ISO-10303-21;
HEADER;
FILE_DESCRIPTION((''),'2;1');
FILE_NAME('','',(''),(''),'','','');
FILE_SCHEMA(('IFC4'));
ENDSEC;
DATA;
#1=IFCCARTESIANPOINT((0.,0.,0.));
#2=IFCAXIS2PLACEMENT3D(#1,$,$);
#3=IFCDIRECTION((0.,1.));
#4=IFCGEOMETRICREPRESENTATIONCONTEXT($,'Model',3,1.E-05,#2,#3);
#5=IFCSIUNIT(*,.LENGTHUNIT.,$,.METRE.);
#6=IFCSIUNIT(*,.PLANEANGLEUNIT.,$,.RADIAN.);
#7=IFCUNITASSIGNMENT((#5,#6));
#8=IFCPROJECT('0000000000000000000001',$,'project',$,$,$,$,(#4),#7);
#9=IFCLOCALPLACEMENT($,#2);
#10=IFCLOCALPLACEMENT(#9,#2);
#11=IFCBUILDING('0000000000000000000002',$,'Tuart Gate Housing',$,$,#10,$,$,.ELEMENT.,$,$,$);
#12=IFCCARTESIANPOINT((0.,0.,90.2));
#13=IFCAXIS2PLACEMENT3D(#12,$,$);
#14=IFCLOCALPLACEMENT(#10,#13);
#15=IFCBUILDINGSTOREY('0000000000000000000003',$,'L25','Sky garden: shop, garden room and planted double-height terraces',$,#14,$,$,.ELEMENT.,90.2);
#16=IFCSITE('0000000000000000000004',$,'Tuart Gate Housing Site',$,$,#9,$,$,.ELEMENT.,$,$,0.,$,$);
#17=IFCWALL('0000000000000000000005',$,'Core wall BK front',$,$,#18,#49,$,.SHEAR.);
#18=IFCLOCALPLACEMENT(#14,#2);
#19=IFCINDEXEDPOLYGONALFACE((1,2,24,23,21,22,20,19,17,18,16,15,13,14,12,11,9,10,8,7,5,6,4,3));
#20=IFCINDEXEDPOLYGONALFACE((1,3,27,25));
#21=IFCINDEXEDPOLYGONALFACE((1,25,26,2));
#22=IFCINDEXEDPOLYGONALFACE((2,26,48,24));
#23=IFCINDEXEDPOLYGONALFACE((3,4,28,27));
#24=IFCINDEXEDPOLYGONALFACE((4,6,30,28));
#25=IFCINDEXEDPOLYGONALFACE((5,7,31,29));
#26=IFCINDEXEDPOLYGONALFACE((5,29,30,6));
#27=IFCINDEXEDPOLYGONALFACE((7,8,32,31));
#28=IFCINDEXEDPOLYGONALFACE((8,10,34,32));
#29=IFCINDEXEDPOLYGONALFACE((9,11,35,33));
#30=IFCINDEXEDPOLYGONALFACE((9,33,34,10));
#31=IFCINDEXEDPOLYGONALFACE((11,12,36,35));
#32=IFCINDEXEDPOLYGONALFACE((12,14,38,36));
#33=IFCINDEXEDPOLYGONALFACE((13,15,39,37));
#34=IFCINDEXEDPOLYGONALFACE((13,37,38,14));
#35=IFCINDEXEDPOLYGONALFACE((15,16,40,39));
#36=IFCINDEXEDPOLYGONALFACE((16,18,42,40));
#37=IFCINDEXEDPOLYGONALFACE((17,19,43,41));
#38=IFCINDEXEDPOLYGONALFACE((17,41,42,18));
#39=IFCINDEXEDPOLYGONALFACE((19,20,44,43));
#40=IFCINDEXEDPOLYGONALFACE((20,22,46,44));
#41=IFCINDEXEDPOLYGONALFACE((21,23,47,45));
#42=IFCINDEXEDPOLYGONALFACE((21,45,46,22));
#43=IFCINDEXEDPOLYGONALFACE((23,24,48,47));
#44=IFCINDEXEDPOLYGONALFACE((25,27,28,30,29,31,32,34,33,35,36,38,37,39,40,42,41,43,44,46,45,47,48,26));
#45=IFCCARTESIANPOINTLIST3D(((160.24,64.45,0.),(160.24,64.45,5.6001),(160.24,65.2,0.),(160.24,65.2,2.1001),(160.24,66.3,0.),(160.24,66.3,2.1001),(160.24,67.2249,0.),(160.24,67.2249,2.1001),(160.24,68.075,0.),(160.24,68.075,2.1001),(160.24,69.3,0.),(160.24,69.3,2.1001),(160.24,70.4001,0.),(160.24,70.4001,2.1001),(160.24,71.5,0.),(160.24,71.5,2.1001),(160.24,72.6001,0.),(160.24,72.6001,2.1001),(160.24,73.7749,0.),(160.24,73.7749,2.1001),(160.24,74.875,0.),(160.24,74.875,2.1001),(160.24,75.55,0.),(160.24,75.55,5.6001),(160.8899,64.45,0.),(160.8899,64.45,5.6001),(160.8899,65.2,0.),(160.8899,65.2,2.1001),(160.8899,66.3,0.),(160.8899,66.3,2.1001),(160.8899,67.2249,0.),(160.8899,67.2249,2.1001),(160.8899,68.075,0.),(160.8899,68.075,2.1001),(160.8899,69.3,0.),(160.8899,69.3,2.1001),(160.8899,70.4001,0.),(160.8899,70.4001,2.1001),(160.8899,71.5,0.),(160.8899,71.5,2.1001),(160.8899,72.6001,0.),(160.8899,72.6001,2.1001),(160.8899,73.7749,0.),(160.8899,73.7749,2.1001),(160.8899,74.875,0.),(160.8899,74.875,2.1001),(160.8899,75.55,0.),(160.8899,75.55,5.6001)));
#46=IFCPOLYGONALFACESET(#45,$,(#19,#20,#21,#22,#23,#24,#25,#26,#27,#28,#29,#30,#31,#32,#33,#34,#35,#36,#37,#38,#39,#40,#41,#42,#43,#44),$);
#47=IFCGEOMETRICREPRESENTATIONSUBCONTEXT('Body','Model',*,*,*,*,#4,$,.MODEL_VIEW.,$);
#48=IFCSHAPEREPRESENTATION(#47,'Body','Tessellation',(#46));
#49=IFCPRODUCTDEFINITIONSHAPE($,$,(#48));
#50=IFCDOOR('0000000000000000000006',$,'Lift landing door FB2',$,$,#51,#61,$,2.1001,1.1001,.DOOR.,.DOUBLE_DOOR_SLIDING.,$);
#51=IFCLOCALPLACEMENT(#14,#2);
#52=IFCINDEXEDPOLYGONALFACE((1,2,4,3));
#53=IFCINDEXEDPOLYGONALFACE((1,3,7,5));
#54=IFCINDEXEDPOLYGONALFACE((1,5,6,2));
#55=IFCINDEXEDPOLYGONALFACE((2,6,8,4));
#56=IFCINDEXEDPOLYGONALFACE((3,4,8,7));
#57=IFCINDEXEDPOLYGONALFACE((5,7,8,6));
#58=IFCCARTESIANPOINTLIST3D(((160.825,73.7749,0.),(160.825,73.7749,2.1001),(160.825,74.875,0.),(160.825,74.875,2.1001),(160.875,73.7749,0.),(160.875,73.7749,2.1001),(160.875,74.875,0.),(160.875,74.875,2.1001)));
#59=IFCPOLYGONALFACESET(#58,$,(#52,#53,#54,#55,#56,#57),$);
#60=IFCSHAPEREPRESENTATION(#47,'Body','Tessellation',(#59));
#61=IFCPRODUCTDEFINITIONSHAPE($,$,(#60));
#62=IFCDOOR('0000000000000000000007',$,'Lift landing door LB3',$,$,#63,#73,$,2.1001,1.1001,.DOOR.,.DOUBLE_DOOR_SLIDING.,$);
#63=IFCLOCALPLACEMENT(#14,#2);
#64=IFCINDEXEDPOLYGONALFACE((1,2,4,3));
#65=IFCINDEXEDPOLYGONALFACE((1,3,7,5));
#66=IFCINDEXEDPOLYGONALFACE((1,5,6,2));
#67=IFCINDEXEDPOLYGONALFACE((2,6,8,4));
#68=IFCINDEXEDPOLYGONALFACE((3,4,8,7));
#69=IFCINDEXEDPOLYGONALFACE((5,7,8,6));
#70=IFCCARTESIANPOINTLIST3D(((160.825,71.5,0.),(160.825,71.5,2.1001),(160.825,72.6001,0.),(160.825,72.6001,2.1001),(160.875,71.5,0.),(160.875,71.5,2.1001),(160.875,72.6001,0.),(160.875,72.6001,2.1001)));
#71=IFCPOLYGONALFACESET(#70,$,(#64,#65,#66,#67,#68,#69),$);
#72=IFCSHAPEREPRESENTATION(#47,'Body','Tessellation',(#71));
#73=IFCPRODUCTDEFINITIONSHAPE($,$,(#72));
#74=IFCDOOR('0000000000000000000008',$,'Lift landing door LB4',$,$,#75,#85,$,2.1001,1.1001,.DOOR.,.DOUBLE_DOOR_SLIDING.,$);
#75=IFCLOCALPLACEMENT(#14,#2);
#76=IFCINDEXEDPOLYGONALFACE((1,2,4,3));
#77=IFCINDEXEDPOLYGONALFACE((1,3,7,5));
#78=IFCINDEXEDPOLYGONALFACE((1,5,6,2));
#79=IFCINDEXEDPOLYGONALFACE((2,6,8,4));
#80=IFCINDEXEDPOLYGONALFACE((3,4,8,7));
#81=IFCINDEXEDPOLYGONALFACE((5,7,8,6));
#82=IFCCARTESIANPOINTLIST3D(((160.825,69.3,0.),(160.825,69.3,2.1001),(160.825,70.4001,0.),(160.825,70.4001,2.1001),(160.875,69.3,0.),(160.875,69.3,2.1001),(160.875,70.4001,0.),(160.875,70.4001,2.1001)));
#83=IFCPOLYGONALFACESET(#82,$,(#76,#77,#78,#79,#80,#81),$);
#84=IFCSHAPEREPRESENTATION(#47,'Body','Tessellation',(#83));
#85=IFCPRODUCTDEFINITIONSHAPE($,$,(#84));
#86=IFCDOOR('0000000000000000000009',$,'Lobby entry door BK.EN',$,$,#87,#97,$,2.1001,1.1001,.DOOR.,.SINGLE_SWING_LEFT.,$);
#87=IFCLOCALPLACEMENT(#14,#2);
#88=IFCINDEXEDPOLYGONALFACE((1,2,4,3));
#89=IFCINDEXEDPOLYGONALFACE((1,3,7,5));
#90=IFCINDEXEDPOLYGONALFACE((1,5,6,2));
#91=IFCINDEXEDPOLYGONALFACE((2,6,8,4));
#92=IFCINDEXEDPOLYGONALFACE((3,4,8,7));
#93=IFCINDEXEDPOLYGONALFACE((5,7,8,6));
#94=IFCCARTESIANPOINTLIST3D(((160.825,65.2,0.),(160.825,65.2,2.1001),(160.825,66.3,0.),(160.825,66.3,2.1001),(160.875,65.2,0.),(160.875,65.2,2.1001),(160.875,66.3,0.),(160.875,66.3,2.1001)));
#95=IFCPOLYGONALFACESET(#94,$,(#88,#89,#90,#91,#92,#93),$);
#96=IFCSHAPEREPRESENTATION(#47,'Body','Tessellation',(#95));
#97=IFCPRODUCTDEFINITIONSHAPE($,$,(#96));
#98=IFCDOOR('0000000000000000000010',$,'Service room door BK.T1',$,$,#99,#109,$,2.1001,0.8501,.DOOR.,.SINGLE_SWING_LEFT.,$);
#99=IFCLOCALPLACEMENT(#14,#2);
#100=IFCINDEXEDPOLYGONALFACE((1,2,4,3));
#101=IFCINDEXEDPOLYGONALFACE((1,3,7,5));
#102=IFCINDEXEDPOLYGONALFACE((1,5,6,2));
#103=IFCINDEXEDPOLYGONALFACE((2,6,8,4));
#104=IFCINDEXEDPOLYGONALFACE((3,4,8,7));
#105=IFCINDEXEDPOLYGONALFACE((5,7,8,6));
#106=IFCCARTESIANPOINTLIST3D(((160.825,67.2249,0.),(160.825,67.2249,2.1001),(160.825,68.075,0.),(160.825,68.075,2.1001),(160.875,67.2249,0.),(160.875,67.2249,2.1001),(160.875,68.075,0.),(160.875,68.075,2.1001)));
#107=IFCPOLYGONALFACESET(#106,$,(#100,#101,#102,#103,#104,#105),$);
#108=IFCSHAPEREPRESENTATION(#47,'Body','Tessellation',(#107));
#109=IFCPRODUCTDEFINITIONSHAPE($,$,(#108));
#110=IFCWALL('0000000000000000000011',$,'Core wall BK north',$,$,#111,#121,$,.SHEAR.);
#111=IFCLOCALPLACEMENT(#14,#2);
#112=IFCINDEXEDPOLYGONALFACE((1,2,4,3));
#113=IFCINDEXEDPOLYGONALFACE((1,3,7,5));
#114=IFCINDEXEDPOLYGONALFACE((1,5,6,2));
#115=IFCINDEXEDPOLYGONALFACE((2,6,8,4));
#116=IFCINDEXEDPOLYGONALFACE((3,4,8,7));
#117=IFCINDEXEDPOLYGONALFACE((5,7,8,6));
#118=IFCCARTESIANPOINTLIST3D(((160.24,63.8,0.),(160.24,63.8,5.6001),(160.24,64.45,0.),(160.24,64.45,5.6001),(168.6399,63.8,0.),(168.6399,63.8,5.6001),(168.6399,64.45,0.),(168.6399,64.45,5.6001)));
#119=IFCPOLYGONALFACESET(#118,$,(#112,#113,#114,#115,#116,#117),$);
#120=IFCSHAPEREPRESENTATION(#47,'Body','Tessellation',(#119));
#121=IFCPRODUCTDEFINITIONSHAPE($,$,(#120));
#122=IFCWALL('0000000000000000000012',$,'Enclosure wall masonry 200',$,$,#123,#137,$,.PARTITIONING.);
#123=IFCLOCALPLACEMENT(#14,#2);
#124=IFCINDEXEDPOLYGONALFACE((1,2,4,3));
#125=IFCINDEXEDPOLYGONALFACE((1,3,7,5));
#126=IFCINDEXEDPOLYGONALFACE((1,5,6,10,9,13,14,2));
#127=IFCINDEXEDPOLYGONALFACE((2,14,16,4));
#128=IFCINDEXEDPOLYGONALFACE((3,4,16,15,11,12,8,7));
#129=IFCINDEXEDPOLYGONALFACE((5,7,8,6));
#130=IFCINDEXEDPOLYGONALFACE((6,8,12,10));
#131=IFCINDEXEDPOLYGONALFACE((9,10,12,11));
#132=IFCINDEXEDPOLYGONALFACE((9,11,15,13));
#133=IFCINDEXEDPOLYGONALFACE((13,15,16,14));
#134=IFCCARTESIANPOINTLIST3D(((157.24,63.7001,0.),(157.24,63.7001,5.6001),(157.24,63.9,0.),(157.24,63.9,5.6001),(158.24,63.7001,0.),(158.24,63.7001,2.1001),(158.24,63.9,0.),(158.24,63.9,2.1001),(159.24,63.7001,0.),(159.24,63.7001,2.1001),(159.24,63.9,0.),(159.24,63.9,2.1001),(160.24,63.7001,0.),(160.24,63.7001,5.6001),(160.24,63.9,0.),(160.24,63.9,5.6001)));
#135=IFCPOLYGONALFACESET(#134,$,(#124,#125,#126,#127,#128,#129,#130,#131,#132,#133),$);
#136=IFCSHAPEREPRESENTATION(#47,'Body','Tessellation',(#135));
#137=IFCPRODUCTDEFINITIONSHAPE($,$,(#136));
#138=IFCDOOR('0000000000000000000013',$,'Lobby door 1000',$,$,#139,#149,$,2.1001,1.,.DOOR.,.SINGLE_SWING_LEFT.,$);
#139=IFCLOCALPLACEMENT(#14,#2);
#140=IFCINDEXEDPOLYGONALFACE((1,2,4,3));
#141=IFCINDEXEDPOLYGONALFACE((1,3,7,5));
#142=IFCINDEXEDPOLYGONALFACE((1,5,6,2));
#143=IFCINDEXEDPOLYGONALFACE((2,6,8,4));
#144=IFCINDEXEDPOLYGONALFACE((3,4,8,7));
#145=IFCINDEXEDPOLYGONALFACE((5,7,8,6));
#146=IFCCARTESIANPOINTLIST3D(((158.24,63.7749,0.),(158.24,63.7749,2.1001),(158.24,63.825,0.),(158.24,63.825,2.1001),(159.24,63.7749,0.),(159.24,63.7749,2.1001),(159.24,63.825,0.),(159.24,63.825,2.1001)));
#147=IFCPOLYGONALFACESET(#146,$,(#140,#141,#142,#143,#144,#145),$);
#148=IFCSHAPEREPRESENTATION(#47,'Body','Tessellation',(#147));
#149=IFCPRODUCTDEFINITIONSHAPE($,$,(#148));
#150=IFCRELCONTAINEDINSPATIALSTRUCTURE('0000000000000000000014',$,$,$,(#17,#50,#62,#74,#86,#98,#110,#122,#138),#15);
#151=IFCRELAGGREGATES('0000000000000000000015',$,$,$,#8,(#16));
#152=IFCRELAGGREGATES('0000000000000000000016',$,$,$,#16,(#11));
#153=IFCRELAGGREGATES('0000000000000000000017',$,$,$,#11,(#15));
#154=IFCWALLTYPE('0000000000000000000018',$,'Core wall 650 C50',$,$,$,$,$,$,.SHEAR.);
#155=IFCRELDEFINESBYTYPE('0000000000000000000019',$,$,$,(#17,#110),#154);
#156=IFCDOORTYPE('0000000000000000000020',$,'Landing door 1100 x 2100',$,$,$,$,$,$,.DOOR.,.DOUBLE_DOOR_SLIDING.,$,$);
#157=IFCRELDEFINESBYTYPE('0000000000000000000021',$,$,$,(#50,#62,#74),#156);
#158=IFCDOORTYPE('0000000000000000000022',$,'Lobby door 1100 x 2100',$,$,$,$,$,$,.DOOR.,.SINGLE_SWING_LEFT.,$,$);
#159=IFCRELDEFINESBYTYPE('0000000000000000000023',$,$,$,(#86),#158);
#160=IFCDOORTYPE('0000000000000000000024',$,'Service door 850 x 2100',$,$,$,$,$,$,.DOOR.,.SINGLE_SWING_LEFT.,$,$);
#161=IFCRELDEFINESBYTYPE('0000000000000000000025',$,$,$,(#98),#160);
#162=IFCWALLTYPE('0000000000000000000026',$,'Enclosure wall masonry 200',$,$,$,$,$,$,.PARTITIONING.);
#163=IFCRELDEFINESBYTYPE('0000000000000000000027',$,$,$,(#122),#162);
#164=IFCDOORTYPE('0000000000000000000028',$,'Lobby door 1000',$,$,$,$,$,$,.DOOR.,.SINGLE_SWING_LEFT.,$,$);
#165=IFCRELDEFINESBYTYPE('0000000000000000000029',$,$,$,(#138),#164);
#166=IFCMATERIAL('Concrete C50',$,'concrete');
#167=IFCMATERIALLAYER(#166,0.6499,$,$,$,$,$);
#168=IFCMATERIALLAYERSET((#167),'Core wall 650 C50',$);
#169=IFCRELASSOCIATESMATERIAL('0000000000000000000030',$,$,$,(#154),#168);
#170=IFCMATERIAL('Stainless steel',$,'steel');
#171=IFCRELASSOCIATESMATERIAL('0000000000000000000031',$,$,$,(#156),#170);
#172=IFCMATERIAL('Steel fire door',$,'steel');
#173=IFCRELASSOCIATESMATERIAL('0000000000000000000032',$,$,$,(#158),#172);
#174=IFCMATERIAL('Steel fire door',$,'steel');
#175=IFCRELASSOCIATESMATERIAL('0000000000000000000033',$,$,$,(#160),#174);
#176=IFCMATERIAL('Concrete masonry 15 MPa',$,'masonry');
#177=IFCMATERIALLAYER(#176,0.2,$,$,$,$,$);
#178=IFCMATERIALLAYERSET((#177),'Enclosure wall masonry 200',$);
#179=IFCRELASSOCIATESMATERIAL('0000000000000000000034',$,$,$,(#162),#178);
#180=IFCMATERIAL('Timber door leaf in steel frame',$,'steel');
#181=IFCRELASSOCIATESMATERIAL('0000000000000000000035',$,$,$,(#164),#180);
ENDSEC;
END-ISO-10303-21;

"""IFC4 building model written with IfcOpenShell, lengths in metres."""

from ifc_helpers import new_model, si_unit, direction, frame, frame_2d, origin, place, context, subcontext, project, spatial, rectangle, extrude, material, layer, layer_set, type_object, element, fill, save


model = new_model("IFC4")

# Units and contexts
model_context = context("Model", 3, precision=1e-05, world=origin(), true_north=direction((0.0, 1.0)))
body_context = subcontext(model_context, "Body", "Model", "MODEL_VIEW")
ifc_project = project(units=[si_unit("LENGTHUNIT", "METRE"), si_unit("PLANEANGLEUNIT", "RADIAN")], contexts=[model_context])

# Site, building, storey
site_placement = place(None, origin())
site = spatial("IfcSite", under=ifc_project, at=site_placement, Name="Tuart Gate Housing Site", CompositionType="ELEMENT", RefElevation=0.0)
building_placement = place(site_placement, origin())
building = spatial("IfcBuilding", under=site, at=building_placement, Name="Tuart Gate Housing", CompositionType="ELEMENT")
storey_placement = place(building_placement, frame((0.0, 0.0, 90.2)))
storey = spatial("IfcBuildingStorey", under=building, at=storey_placement, Name="L25", Description="Sky garden: shop, garden room and planted double-height terraces", CompositionType="ELEMENT", Elevation=90.2)

# Wall, openings, doors
ifc_material_1 = material(Name="Concrete C50", Category="concrete")
ifc_layer_1 = layer(ifc_material_1, 0.6499)
ifc_layer_set_1 = layer_set([ifc_layer_1], Name="Core wall 650 C50")
wall_type_1 = type_object("IfcWallType", Name="Core wall 650 C50", PredefinedType="SHEAR", material=ifc_layer_set_1)
wall_1_placement = place(storey_placement, frame((160.5649, 75.55, 0.0), z_axis=(0.0, 0.0, 1.0), x_axis=(0.0, -1.0, 0.0)))
wall_1 = element("IfcWall", 1, at=wall_1_placement, inside=storey, type_object=wall_type_1, Name="Core wall BK front", PredefinedType="SHEAR", context=body_context, shape_type="SweptSolid", body=[
    extrude(rectangle(XDim=11.1001, YDim=0.6499, at=frame_2d((5.55, 0.0))), origin(), (0.0, 0.0, 1.0), 5.6001),
])
opening_1_placement = place(wall_1_placement, frame((0.675, 0.0, 0.0)))
opening_1 = element("IfcOpeningElement", 2, at=opening_1_placement, cuts=wall_1, PredefinedType="OPENING", context=body_context, shape_type="SweptSolid", body=[
    extrude(rectangle(XDim=1.1001, YDim=2.1001, at=frame_2d((0.55, 1.05))), frame((0.0, 0.335, 0.0), z_axis=(0.0, -1.0, 0.0), x_axis=(1.0, 0.0, 0.0)), (0.0, 0.0, 1.0), 0.6699),
])
opening_2_placement = place(wall_1_placement, frame((2.95, 0.0, 0.0)))
opening_2 = element("IfcOpeningElement", 3, at=opening_2_placement, cuts=wall_1, PredefinedType="OPENING", context=body_context, shape_type="SweptSolid", body=[
    extrude(rectangle(XDim=1.1001, YDim=2.1001, at=frame_2d((0.55, 1.05))), frame((0.0, 0.335, 0.0), z_axis=(0.0, -1.0, 0.0), x_axis=(1.0, 0.0, 0.0)), (0.0, 0.0, 1.0), 0.6699),
])
opening_3_placement = place(wall_1_placement, frame((5.1499, 0.0, 0.0)))
opening_3 = element("IfcOpeningElement", 4, at=opening_3_placement, cuts=wall_1, PredefinedType="OPENING", context=body_context, shape_type="SweptSolid", body=[
    extrude(rectangle(XDim=1.1001, YDim=2.1001, at=frame_2d((0.55, 1.05))), frame((0.0, 0.335, 0.0), z_axis=(0.0, -1.0, 0.0), x_axis=(1.0, 0.0, 0.0)), (0.0, 0.0, 1.0), 0.6699),
])
opening_4_placement = place(wall_1_placement, frame((9.25, 0.0, 0.0)))
opening_4 = element("IfcOpeningElement", 5, at=opening_4_placement, cuts=wall_1, PredefinedType="OPENING", context=body_context, shape_type="SweptSolid", body=[
    extrude(rectangle(XDim=1.1001, YDim=2.1001, at=frame_2d((0.55, 1.05))), frame((0.0, 0.335, 0.0), z_axis=(0.0, -1.0, 0.0), x_axis=(1.0, 0.0, 0.0)), (0.0, 0.0, 1.0), 0.6699),
])
opening_5_placement = place(wall_1_placement, frame((7.4751, 0.0, 0.0)))
opening_5 = element("IfcOpeningElement", 6, at=opening_5_placement, cuts=wall_1, PredefinedType="OPENING", context=body_context, shape_type="SweptSolid", body=[
    extrude(rectangle(XDim=0.8501, YDim=2.1001, at=frame_2d((0.425, 1.05))), frame((0.0, 0.335, 0.0), z_axis=(0.0, -1.0, 0.0), x_axis=(1.0, 0.0, 0.0)), (0.0, 0.0, 1.0), 0.6699),
])
ifc_material_2 = material(Name="Stainless steel", Category="steel")
door_type_1 = type_object("IfcDoorType", Name="Landing door 1100 x 2100", OperationType="DOUBLE_DOOR_SLIDING", PredefinedType="DOOR", material=ifc_material_2)
door_1_placement = place(opening_1_placement, origin())
door_1 = element("IfcDoor", 7, at=door_1_placement, inside=storey, type_object=door_type_1, Name="Lift landing door FB2", OperationType="DOUBLE_DOOR_SLIDING", OverallHeight=2.1001, OverallWidth=1.1001, PredefinedType="DOOR", context=body_context, shape_type="SweptSolid", body=[
    extrude(rectangle(XDim=1.1001, YDim=2.1001, at=frame_2d((0.55, 1.05))), frame((0.0, 0.3101, 0.0), z_axis=(0.0, -1.0, 0.0), x_axis=(1.0, 0.0, 0.0)), (0.0, 0.0, 1.0), 0.05),
])
fill(opening_1, door_1)
door_2_placement = place(opening_2_placement, origin())
door_2 = element("IfcDoor", 8, at=door_2_placement, inside=storey, type_object=door_type_1, Name="Lift landing door LB3", OperationType="DOUBLE_DOOR_SLIDING", OverallHeight=2.1001, OverallWidth=1.1001, PredefinedType="DOOR", context=body_context, shape_type="SweptSolid", body=[
    extrude(rectangle(XDim=1.1001, YDim=2.1001, at=frame_2d((0.55, 1.05))), frame((0.0, 0.3101, 0.0), z_axis=(0.0, -1.0, 0.0), x_axis=(1.0, 0.0, 0.0)), (0.0, 0.0, 1.0), 0.05),
])
fill(opening_2, door_2)
door_3_placement = place(opening_3_placement, origin())
door_3 = element("IfcDoor", 9, at=door_3_placement, inside=storey, type_object=door_type_1, Name="Lift landing door LB4", OperationType="DOUBLE_DOOR_SLIDING", OverallHeight=2.1001, OverallWidth=1.1001, PredefinedType="DOOR", context=body_context, shape_type="SweptSolid", body=[
    extrude(rectangle(XDim=1.1001, YDim=2.1001, at=frame_2d((0.55, 1.05))), frame((0.0, 0.3101, 0.0), z_axis=(0.0, -1.0, 0.0), x_axis=(1.0, 0.0, 0.0)), (0.0, 0.0, 1.0), 0.05),
])
fill(opening_3, door_3)
ifc_material_3 = material(Name="Steel fire door", Category="steel")
door_type_2 = type_object("IfcDoorType", Name="Lobby door 1100 x 2100", OperationType="SINGLE_SWING_LEFT", PredefinedType="DOOR", material=ifc_material_3)
door_4_placement = place(opening_4_placement, origin())
door_4 = element("IfcDoor", 10, at=door_4_placement, inside=storey, type_object=door_type_2, Name="Lobby entry door BK.EN", OperationType="SINGLE_SWING_LEFT", OverallHeight=2.1001, OverallWidth=1.1001, PredefinedType="DOOR", context=body_context, shape_type="SweptSolid", body=[
    extrude(rectangle(XDim=1.1001, YDim=2.1001, at=frame_2d((0.55, 1.05))), frame((0.0, 0.3101, 0.0), z_axis=(0.0, -1.0, 0.0), x_axis=(1.0, 0.0, 0.0)), (0.0, 0.0, 1.0), 0.05),
])
fill(opening_4, door_4)
ifc_material_4 = material(Name="Steel fire door", Category="steel")
door_type_3 = type_object("IfcDoorType", Name="Service door 850 x 2100", OperationType="SINGLE_SWING_LEFT", PredefinedType="DOOR", material=ifc_material_4)
door_5_placement = place(opening_5_placement, origin())
door_5 = element("IfcDoor", 11, at=door_5_placement, inside=storey, type_object=door_type_3, Name="Service room door BK.T1", OperationType="SINGLE_SWING_LEFT", OverallHeight=2.1001, OverallWidth=0.8501, PredefinedType="DOOR", context=body_context, shape_type="SweptSolid", body=[
    extrude(rectangle(XDim=0.8501, YDim=2.1001, at=frame_2d((0.425, 1.05))), frame((0.0, 0.3101, 0.0), z_axis=(0.0, -1.0, 0.0), x_axis=(1.0, 0.0, 0.0)), (0.0, 0.0, 1.0), 0.05),
])
fill(opening_5, door_5)

# Wall
wall_2_placement = place(storey_placement, frame((160.24, 64.125, 0.0), z_axis=(0.0, 0.0, 1.0), x_axis=(1.0, 0.0, 0.0)))
element("IfcWall", 12, at=wall_2_placement, inside=storey, type_object=wall_type_1, Name="Core wall BK north", PredefinedType="SHEAR", context=body_context, shape_type="SweptSolid", body=[
    extrude(rectangle(XDim=8.3999, YDim=0.6499, at=frame_2d((4.2, 0.0))), origin(), (0.0, 0.0, 1.0), 5.6001),
])

# Wall, opening, door
ifc_material_5 = material(Name="Concrete masonry 15 MPa", Category="masonry")
ifc_layer_2 = layer(ifc_material_5, 0.2)
ifc_layer_set_2 = layer_set([ifc_layer_2], Name="Enclosure wall masonry 200")
wall_type_2 = type_object("IfcWallType", Name="Enclosure wall masonry 200", PredefinedType="PARTITIONING", material=ifc_layer_set_2)
wall_3_placement = place(storey_placement, frame((157.24, 63.8, 0.0), z_axis=(0.0, 0.0, 1.0), x_axis=(1.0, 0.0, 0.0)))
wall_3 = element("IfcWall", 13, at=wall_3_placement, inside=storey, type_object=wall_type_2, Name="Enclosure wall masonry 200", PredefinedType="PARTITIONING", context=body_context, shape_type="SweptSolid", body=[
    extrude(rectangle(XDim=3.0, YDim=0.2, at=frame_2d((1.5, 0.0))), origin(), (0.0, 0.0, 1.0), 5.6001),
])
opening_6_placement = place(wall_3_placement, frame((1.0, 0.0, 0.0)))
opening_6 = element("IfcOpeningElement", 14, at=opening_6_placement, cuts=wall_3, PredefinedType="OPENING", context=body_context, shape_type="SweptSolid", body=[
    extrude(rectangle(XDim=1.0, YDim=2.1001, at=frame_2d((0.5, 1.05))), frame((0.0, 0.1099, 0.0), z_axis=(0.0, -1.0, 0.0), x_axis=(1.0, 0.0, 0.0)), (0.0, 0.0, 1.0), 0.22),
])
ifc_material_6 = material(Name="Timber door leaf in steel frame", Category="steel")
door_type_4 = type_object("IfcDoorType", Name="Lobby door 1000", OperationType="SINGLE_SWING_LEFT", PredefinedType="DOOR", material=ifc_material_6)
door_6_placement = place(opening_6_placement, origin())
door_6 = element("IfcDoor", 15, at=door_6_placement, inside=storey, type_object=door_type_4, Name="Lobby door 1000", OperationType="SINGLE_SWING_LEFT", OverallHeight=2.1001, OverallWidth=1.0, PredefinedType="DOOR", context=body_context, shape_type="SweptSolid", body=[
    extrude(rectangle(XDim=1.0, YDim=2.1001, at=frame_2d((0.5, 1.05))), frame((0.0, 0.0249, 0.0), z_axis=(0.0, -1.0, 0.0), x_axis=(1.0, 0.0, 0.0)), (0.0, 0.0, 1.0), 0.05),
])
fill(opening_6, door_6)

save(model, "model.ifc")
